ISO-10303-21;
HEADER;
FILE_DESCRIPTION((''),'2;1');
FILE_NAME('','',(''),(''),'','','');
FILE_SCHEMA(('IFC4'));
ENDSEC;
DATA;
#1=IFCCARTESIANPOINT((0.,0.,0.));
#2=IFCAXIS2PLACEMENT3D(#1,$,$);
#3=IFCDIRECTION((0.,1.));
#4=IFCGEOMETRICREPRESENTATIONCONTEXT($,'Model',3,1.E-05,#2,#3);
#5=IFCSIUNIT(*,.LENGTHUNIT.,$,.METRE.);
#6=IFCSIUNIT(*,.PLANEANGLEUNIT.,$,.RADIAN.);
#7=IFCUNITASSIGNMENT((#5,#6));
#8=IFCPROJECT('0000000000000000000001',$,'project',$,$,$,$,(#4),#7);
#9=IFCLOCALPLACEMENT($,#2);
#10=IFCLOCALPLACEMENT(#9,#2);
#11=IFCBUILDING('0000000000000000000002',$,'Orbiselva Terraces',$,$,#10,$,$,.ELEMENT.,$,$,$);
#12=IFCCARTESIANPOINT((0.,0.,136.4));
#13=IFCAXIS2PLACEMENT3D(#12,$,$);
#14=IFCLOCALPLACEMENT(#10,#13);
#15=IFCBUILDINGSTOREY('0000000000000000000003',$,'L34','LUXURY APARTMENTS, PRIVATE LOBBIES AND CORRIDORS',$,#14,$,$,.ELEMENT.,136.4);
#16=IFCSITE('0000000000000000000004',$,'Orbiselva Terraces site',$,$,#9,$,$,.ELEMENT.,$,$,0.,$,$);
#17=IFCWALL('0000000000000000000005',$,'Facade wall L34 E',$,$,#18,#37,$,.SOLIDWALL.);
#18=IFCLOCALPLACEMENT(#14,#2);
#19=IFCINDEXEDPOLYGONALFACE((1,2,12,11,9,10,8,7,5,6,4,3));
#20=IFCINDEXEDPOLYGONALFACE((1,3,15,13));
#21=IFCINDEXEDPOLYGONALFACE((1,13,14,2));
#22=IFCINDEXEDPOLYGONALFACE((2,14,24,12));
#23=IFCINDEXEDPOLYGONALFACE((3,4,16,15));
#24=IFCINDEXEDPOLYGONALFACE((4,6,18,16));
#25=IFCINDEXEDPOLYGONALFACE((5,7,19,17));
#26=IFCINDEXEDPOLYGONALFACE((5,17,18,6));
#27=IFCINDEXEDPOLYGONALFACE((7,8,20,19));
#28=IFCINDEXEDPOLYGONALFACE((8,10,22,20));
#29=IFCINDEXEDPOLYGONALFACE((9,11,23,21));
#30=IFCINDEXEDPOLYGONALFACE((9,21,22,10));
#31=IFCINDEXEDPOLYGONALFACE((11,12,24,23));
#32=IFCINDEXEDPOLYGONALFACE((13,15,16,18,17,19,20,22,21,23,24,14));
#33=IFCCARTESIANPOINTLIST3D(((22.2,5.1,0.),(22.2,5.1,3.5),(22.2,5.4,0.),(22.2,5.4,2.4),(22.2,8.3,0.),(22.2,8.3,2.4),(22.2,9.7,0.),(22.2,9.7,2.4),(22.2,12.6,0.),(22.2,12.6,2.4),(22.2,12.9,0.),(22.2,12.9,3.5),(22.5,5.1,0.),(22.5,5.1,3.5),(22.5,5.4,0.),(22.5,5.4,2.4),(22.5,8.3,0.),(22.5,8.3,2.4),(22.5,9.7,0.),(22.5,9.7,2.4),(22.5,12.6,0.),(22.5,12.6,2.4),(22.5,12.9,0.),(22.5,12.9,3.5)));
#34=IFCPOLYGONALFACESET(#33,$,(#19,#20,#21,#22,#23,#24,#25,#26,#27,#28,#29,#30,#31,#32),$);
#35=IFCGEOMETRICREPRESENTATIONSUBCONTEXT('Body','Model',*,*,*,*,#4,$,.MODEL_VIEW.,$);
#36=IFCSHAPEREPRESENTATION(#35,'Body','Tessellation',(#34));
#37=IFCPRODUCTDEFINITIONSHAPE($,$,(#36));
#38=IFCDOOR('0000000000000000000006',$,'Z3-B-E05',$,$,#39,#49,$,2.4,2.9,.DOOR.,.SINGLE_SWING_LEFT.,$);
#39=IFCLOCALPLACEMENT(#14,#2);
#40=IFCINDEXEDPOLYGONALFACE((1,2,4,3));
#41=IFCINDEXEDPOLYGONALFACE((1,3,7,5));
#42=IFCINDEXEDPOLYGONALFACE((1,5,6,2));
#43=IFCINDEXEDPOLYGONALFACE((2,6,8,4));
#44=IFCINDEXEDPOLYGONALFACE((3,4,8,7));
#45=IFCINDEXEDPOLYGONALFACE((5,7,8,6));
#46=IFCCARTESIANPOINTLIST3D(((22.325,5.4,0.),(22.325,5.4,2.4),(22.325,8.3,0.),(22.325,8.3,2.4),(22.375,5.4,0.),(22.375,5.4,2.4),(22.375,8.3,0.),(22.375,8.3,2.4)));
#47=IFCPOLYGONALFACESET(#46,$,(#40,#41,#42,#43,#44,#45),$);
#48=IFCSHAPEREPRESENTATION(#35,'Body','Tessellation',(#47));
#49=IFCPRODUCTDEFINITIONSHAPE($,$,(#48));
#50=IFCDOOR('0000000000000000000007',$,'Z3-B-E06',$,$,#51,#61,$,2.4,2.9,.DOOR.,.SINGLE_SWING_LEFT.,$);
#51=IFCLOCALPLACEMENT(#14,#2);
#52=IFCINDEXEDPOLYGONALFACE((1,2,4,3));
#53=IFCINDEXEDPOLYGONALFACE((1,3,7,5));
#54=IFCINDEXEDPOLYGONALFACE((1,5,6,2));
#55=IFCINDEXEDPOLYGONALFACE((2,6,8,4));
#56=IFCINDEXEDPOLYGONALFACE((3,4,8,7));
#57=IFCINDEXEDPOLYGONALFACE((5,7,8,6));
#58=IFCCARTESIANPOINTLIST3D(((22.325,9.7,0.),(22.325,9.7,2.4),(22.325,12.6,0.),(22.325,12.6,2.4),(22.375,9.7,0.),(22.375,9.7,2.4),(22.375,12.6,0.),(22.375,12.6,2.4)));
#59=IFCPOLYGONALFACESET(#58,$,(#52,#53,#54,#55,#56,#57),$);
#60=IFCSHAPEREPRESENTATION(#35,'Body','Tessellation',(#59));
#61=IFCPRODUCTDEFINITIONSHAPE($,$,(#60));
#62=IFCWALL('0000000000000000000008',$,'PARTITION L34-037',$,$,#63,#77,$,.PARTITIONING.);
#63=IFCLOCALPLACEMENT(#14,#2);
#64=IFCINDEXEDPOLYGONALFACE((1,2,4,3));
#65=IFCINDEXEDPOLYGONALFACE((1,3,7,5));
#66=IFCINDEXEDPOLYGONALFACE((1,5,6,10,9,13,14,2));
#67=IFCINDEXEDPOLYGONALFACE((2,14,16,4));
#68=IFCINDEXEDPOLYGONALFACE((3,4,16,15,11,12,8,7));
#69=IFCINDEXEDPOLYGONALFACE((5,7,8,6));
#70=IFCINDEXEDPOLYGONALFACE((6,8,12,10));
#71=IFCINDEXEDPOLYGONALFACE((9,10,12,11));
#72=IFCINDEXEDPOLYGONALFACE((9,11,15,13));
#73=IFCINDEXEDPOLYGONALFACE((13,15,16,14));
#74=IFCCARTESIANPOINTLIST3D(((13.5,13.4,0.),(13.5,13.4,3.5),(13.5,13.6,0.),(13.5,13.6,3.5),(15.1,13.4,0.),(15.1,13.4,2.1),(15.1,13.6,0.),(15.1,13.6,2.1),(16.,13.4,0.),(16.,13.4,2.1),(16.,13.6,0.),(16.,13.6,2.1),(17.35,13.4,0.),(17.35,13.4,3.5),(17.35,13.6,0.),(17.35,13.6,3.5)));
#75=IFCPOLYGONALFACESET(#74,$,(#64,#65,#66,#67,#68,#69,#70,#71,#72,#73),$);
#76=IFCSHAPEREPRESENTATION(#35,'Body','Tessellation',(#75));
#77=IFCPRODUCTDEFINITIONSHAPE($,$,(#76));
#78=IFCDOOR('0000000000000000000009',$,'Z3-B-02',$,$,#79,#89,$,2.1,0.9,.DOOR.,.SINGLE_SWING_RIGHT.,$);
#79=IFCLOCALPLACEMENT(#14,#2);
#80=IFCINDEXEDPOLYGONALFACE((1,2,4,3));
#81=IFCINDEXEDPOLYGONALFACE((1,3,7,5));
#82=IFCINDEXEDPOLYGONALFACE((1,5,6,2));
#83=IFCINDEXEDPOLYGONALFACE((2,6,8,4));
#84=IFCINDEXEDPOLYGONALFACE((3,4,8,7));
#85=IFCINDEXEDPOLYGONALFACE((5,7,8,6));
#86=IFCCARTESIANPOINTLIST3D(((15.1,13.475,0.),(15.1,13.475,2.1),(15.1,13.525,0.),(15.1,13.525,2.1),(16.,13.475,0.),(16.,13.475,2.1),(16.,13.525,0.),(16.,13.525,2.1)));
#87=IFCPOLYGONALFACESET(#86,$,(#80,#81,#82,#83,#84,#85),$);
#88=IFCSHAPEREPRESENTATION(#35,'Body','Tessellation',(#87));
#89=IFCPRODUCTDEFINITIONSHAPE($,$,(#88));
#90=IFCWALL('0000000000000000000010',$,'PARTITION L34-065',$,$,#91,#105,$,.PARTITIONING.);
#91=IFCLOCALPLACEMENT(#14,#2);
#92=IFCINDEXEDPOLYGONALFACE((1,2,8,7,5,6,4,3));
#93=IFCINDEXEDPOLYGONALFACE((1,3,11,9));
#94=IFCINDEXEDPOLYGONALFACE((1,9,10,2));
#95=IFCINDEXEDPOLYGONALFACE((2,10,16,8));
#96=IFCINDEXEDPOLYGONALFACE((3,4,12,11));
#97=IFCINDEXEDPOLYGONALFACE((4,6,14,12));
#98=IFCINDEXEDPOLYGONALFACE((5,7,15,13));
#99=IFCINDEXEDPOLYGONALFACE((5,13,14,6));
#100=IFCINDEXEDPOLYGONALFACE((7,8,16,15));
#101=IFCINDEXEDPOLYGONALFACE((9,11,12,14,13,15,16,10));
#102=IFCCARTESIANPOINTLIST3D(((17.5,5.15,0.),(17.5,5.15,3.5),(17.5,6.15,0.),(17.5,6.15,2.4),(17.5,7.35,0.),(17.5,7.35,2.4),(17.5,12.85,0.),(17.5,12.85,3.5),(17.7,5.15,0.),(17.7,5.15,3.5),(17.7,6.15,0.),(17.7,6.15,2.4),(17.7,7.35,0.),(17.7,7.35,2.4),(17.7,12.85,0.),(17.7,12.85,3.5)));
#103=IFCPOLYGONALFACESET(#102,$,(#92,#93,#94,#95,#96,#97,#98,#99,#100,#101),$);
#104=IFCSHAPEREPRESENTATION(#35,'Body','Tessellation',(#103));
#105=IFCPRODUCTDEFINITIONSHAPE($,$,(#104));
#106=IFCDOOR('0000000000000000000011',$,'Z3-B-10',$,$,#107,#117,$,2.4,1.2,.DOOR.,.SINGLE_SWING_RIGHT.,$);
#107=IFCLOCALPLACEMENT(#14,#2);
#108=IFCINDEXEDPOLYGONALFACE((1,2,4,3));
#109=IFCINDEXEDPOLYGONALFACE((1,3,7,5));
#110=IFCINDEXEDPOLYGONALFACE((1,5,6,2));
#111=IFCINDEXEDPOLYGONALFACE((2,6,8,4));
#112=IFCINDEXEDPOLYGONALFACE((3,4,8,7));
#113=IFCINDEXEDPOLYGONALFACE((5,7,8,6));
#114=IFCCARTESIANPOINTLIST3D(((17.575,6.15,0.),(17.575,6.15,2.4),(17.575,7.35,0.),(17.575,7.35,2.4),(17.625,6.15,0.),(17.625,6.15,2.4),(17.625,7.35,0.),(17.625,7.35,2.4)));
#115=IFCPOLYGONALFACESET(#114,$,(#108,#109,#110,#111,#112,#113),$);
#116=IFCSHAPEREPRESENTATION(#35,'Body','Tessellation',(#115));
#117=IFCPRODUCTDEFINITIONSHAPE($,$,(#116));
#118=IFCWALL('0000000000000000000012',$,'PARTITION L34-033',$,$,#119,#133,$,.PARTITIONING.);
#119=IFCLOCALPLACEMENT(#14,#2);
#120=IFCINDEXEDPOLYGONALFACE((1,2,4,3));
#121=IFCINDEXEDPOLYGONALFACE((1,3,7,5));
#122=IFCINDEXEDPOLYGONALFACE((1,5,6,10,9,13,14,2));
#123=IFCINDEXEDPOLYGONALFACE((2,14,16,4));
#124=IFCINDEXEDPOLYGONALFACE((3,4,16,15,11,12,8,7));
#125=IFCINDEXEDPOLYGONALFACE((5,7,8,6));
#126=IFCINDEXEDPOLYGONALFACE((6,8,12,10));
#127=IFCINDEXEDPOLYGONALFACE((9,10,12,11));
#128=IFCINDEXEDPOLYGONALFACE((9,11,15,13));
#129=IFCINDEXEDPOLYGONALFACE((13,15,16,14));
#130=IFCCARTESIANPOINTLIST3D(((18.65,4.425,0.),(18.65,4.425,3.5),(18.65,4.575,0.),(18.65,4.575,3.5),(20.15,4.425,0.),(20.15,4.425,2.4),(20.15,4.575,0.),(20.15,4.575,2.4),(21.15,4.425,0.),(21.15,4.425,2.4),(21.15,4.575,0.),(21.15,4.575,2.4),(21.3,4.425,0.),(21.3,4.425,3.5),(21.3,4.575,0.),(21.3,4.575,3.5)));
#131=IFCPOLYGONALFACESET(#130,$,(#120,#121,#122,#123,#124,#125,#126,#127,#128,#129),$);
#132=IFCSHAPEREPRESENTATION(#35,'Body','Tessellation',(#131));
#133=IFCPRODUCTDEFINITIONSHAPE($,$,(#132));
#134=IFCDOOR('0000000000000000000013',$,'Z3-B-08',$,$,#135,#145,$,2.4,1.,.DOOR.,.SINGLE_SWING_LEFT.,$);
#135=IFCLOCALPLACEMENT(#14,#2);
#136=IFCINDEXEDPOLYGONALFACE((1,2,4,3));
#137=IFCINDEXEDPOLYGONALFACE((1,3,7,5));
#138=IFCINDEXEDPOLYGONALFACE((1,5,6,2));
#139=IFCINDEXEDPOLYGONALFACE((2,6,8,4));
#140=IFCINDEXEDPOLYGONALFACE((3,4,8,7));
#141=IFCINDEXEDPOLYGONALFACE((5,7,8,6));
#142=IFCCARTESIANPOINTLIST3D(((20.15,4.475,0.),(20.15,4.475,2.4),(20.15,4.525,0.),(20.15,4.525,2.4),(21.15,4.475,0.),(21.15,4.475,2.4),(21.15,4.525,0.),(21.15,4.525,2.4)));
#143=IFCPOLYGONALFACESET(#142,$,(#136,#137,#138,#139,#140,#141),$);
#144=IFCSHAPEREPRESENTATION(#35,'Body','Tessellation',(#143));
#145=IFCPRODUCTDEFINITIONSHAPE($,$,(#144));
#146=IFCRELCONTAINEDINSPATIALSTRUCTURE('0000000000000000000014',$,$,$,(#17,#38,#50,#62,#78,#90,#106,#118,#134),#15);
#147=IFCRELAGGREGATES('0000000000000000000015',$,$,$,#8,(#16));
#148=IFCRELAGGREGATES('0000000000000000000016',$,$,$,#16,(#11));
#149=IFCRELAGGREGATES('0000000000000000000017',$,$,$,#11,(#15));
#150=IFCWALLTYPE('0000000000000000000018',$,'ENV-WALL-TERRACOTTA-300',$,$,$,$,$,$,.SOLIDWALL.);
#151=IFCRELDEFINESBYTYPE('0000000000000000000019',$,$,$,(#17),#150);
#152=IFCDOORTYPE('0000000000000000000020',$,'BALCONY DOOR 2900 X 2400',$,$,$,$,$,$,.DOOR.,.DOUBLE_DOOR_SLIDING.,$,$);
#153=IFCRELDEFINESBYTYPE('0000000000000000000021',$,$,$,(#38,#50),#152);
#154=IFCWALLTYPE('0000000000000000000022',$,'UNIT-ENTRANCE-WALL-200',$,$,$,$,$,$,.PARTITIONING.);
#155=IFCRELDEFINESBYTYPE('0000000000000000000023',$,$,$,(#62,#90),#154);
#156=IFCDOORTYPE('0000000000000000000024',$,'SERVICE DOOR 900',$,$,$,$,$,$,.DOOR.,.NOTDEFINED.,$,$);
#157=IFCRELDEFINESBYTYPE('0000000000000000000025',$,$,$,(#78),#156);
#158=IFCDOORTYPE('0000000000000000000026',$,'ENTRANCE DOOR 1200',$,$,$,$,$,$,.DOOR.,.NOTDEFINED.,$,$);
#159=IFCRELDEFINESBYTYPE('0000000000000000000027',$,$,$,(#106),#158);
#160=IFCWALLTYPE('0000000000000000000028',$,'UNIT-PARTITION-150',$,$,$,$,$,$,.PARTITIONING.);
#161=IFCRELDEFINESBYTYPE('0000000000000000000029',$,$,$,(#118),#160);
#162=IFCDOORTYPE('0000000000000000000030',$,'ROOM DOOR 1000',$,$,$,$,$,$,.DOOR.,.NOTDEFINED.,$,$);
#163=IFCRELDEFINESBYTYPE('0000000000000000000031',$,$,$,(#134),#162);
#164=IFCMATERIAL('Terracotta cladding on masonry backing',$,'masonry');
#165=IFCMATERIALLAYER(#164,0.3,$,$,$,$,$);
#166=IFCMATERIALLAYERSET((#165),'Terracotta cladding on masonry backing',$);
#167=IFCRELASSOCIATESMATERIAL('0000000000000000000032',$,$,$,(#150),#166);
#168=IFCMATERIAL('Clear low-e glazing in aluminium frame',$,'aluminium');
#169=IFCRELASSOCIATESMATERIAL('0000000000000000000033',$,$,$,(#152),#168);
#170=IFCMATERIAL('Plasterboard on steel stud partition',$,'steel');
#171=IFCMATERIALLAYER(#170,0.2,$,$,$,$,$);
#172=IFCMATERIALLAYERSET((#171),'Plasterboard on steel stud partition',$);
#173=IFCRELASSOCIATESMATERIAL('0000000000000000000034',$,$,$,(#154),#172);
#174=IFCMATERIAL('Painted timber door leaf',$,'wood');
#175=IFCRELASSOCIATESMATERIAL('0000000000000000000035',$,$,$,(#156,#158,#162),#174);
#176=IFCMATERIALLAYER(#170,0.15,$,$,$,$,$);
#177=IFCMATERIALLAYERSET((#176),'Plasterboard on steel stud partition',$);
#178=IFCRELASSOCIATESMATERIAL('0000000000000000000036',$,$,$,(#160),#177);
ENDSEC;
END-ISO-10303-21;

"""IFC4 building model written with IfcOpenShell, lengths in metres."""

from ifc_helpers import new_model, si_unit, direction, frame, frame_2d, origin, place, context, subcontext, project, spatial, rectangle, extrude, material, layer, layer_set, type_object, element, fill, save


model = new_model("IFC4")

# Units and contexts
model_context = context("Model", 3, precision=1e-05, world=origin(), true_north=direction((0.0, 1.0)))
body_context = subcontext(model_context, "Body", "Model", "MODEL_VIEW")
ifc_project = project(units=[si_unit("LENGTHUNIT", "METRE"), si_unit("PLANEANGLEUNIT", "RADIAN")], contexts=[model_context])

# Site, building, storey
site_placement = place(None, origin())
site = spatial("IfcSite", under=ifc_project, at=site_placement, Name="Orbiselva Terraces site", CompositionType="ELEMENT", RefElevation=0.0)
building_placement = place(site_placement, origin())
building = spatial("IfcBuilding", under=site, at=building_placement, Name="Orbiselva Terraces", CompositionType="ELEMENT")
storey_placement = place(building_placement, frame((0.0, 0.0, 136.4)))
storey = spatial("IfcBuildingStorey", under=building, at=storey_placement, Name="L34", Description="LUXURY APARTMENTS, PRIVATE LOBBIES AND CORRIDORS", CompositionType="ELEMENT", Elevation=136.4)

# Shared definitions
ifc_material_1 = material(Name="Terracotta cladding on masonry backing", Category="masonry")
ifc_layer_1 = layer(ifc_material_1, 0.3)
ifc_layer_set_1 = layer_set([ifc_layer_1], Name="Terracotta cladding on masonry backing")
wall_type_1 = type_object("IfcWallType", Name="ENV-WALL-TERRACOTTA-300", PredefinedType="SOLIDWALL", material=ifc_layer_set_1)
ifc_material_2 = material(Name="Clear low-e glazing in aluminium frame", Category="aluminium")

# Wall, openings, doors
wall_1_placement = place(storey_placement, frame((22.35, 12.9, 0.0), z_axis=(0.0, 0.0, 1.0), x_axis=(0.0, -1.0, 0.0)))
wall_1 = element("IfcWall", 1, at=wall_1_placement, inside=storey, type_object=wall_type_1, Name="Facade wall L34 E", PredefinedType="SOLIDWALL", context=body_context, shape_type="SweptSolid", body=[
    extrude(rectangle(XDim=7.8, YDim=0.3, at=frame_2d((3.9, 0.0))), origin(), (0.0, 0.0, 1.0), 3.5),
])
opening_1_placement = place(wall_1_placement, frame((4.6, 0.0, 0.0)))
opening_1 = element("IfcOpeningElement", 2, at=opening_1_placement, cuts=wall_1, PredefinedType="OPENING", context=body_context, shape_type="SweptSolid", body=[
    extrude(rectangle(XDim=2.9, YDim=2.4, at=frame_2d((1.45, 1.2))), frame((0.0, 0.16, 0.0), z_axis=(0.0, -1.0, 0.0), x_axis=(1.0, 0.0, 0.0)), (0.0, 0.0, 1.0), 0.32),
])
opening_2_placement = place(wall_1_placement, frame((0.3, 0.0, 0.0)))
opening_2 = element("IfcOpeningElement", 3, at=opening_2_placement, cuts=wall_1, PredefinedType="OPENING", context=body_context, shape_type="SweptSolid", body=[
    extrude(rectangle(XDim=2.9, YDim=2.4, at=frame_2d((1.45, 1.2))), frame((0.0, 0.16, 0.0), z_axis=(0.0, -1.0, 0.0), x_axis=(1.0, 0.0, 0.0)), (0.0, 0.0, 1.0), 0.32),
])
door_type_1 = type_object("IfcDoorType", Name="BALCONY DOOR 2900 X 2400", OperationType="DOUBLE_DOOR_SLIDING", PredefinedType="DOOR", material=ifc_material_2)
door_1_placement = place(opening_1_placement, origin())
door_1 = element("IfcDoor", 4, at=door_1_placement, inside=storey, type_object=door_type_1, Name="Z3-B-E05", OperationType="SINGLE_SWING_LEFT", OverallHeight=2.4, OverallWidth=2.9, PredefinedType="DOOR", context=body_context, shape_type="SweptSolid", body=[
    extrude(rectangle(XDim=2.9, YDim=2.4, at=frame_2d((1.45, 1.2))), frame((0.0, 0.025, 0.0), z_axis=(0.0, -1.0, 0.0), x_axis=(1.0, 0.0, 0.0)), (0.0, 0.0, 1.0), 0.05),
])
fill(opening_1, door_1)
door_2_placement = place(opening_2_placement, origin())
door_2 = element("IfcDoor", 5, at=door_2_placement, inside=storey, type_object=door_type_1, Name="Z3-B-E06", OperationType="SINGLE_SWING_LEFT", OverallHeight=2.4, OverallWidth=2.9, PredefinedType="DOOR", context=body_context, shape_type="SweptSolid", body=[
    extrude(rectangle(XDim=2.9, YDim=2.4, at=frame_2d((1.45, 1.2))), frame((0.0, 0.025, 0.0), z_axis=(0.0, -1.0, 0.0), x_axis=(1.0, 0.0, 0.0)), (0.0, 0.0, 1.0), 0.05),
])
fill(opening_2, door_2)

# Walls, openings, doors
ifc_material_3 = material(Name="Plasterboard on steel stud partition", Category="steel")
ifc_layer_2 = layer(ifc_material_3, 0.2)
ifc_layer_set_2 = layer_set([ifc_layer_2], Name="Plasterboard on steel stud partition")
wall_type_2 = type_object("IfcWallType", Name="UNIT-ENTRANCE-WALL-200", PredefinedType="PARTITIONING", material=ifc_layer_set_2)
wall_2_placement = place(storey_placement, frame((13.5, 13.5, 0.0), z_axis=(0.0, 0.0, 1.0), x_axis=(1.0, 0.0, 0.0)))
wall_2 = element("IfcWall", 6, at=wall_2_placement, inside=storey, type_object=wall_type_2, Name="PARTITION L34-037", PredefinedType="PARTITIONING", context=body_context, shape_type="SweptSolid", body=[
    extrude(rectangle(XDim=3.85, YDim=0.2, at=frame_2d((1.925, 0.0))), origin(), (0.0, 0.0, 1.0), 3.5),
])
opening_3_placement = place(wall_2_placement, frame((1.6, 0.0, 0.0)))
opening_3 = element("IfcOpeningElement", 7, at=opening_3_placement, cuts=wall_2, PredefinedType="OPENING", context=body_context, shape_type="SweptSolid", body=[
    extrude(rectangle(XDim=0.9, YDim=2.1, at=frame_2d((0.45, 1.05))), frame((0.0, 0.11, 0.0), z_axis=(0.0, -1.0, 0.0), x_axis=(1.0, 0.0, 0.0)), (0.0, 0.0, 1.0), 0.22),
])
ifc_material_4 = material(Name="Painted timber door leaf", Category="wood")
door_type_2 = type_object("IfcDoorType", Name="SERVICE DOOR 900", OperationType="NOTDEFINED", PredefinedType="DOOR", material=ifc_material_4)
door_3_placement = place(opening_3_placement, origin())
door_3 = element("IfcDoor", 8, at=door_3_placement, inside=storey, type_object=door_type_2, Name="Z3-B-02", OperationType="SINGLE_SWING_RIGHT", OverallHeight=2.1, OverallWidth=0.9, PredefinedType="DOOR", context=body_context, shape_type="SweptSolid", body=[
    extrude(rectangle(XDim=0.9, YDim=2.1, at=frame_2d((0.45, 1.05))), frame((0.0, 0.025, 0.0), z_axis=(0.0, -1.0, 0.0), x_axis=(1.0, 0.0, 0.0)), (0.0, 0.0, 1.0), 0.05),
])
fill(opening_3, door_3)
wall_3_placement = place(storey_placement, frame((17.6, 12.85, 0.0), z_axis=(0.0, 0.0, 1.0), x_axis=(0.0, -1.0, 0.0)))
wall_3 = element("IfcWall", 9, at=wall_3_placement, inside=storey, type_object=wall_type_2, Name="PARTITION L34-065", PredefinedType="PARTITIONING", context=body_context, shape_type="SweptSolid", body=[
    extrude(rectangle(XDim=7.7, YDim=0.2, at=frame_2d((3.85, 0.0))), origin(), (0.0, 0.0, 1.0), 3.5),
])
opening_4_placement = place(wall_3_placement, frame((5.5, 0.0, 0.0)))
opening_4 = element("IfcOpeningElement", 10, at=opening_4_placement, cuts=wall_3, PredefinedType="OPENING", context=body_context, shape_type="SweptSolid", body=[
    extrude(rectangle(XDim=1.2, YDim=2.4, at=frame_2d((0.6, 1.2))), frame((0.0, 0.11, 0.0), z_axis=(0.0, -1.0, 0.0), x_axis=(1.0, 0.0, 0.0)), (0.0, 0.0, 1.0), 0.22),
])
door_type_3 = type_object("IfcDoorType", Name="ENTRANCE DOOR 1200", OperationType="NOTDEFINED", PredefinedType="DOOR", material=ifc_material_4)
door_4_placement = place(opening_4_placement, origin())
door_4 = element("IfcDoor", 11, at=door_4_placement, inside=storey, type_object=door_type_3, Name="Z3-B-10", OperationType="SINGLE_SWING_RIGHT", OverallHeight=2.4, OverallWidth=1.2, PredefinedType="DOOR", context=body_context, shape_type="SweptSolid", body=[
    extrude(rectangle(XDim=1.2, YDim=2.4, at=frame_2d((0.6, 1.2))), frame((0.0, 0.025, 0.0), z_axis=(0.0, -1.0, 0.0), x_axis=(1.0, 0.0, 0.0)), (0.0, 0.0, 1.0), 0.05),
])
fill(opening_4, door_4)
ifc_layer_3 = layer(ifc_material_3, 0.15)
ifc_layer_set_3 = layer_set([ifc_layer_3], Name="Plasterboard on steel stud partition")
wall_type_3 = type_object("IfcWallType", Name="UNIT-PARTITION-150", PredefinedType="PARTITIONING", material=ifc_layer_set_3)
wall_4_placement = place(storey_placement, frame((21.3, 4.5, 0.0), z_axis=(0.0, 0.0, 1.0), x_axis=(-1.0, 0.0, 0.0)))
wall_4 = element("IfcWall", 12, at=wall_4_placement, inside=storey, type_object=wall_type_3, Name="PARTITION L34-033", PredefinedType="PARTITIONING", context=body_context, shape_type="SweptSolid", body=[
    extrude(rectangle(XDim=2.65, YDim=0.15, at=frame_2d((1.325, 0.0))), origin(), (0.0, 0.0, 1.0), 3.5),
])
opening_5_placement = place(wall_4_placement, frame((0.15, 0.0, 0.0)))
opening_5 = element("IfcOpeningElement", 13, at=opening_5_placement, cuts=wall_4, PredefinedType="OPENING", context=body_context, shape_type="SweptSolid", body=[
    extrude(rectangle(XDim=1.0, YDim=2.4, at=frame_2d((0.5, 1.2))), frame((0.0, 0.085, 0.0), z_axis=(0.0, -1.0, 0.0), x_axis=(1.0, 0.0, 0.0)), (0.0, 0.0, 1.0), 0.17),
])
door_type_4 = type_object("IfcDoorType", Name="ROOM DOOR 1000", OperationType="NOTDEFINED", PredefinedType="DOOR", material=ifc_material_4)
door_5_placement = place(opening_5_placement, origin())
door_5 = element("IfcDoor", 14, at=door_5_placement, inside=storey, type_object=door_type_4, Name="Z3-B-08", OperationType="SINGLE_SWING_LEFT", OverallHeight=2.4, OverallWidth=1.0, PredefinedType="DOOR", context=body_context, shape_type="SweptSolid", body=[
    extrude(rectangle(XDim=1.0, YDim=2.4, at=frame_2d((0.5, 1.2))), frame((0.0, 0.025, 0.0), z_axis=(0.0, -1.0, 0.0), x_axis=(1.0, 0.0, 0.0)), (0.0, 0.0, 1.0), 0.05),
])
fill(opening_5, door_5)

save(model, "model.ifc")
